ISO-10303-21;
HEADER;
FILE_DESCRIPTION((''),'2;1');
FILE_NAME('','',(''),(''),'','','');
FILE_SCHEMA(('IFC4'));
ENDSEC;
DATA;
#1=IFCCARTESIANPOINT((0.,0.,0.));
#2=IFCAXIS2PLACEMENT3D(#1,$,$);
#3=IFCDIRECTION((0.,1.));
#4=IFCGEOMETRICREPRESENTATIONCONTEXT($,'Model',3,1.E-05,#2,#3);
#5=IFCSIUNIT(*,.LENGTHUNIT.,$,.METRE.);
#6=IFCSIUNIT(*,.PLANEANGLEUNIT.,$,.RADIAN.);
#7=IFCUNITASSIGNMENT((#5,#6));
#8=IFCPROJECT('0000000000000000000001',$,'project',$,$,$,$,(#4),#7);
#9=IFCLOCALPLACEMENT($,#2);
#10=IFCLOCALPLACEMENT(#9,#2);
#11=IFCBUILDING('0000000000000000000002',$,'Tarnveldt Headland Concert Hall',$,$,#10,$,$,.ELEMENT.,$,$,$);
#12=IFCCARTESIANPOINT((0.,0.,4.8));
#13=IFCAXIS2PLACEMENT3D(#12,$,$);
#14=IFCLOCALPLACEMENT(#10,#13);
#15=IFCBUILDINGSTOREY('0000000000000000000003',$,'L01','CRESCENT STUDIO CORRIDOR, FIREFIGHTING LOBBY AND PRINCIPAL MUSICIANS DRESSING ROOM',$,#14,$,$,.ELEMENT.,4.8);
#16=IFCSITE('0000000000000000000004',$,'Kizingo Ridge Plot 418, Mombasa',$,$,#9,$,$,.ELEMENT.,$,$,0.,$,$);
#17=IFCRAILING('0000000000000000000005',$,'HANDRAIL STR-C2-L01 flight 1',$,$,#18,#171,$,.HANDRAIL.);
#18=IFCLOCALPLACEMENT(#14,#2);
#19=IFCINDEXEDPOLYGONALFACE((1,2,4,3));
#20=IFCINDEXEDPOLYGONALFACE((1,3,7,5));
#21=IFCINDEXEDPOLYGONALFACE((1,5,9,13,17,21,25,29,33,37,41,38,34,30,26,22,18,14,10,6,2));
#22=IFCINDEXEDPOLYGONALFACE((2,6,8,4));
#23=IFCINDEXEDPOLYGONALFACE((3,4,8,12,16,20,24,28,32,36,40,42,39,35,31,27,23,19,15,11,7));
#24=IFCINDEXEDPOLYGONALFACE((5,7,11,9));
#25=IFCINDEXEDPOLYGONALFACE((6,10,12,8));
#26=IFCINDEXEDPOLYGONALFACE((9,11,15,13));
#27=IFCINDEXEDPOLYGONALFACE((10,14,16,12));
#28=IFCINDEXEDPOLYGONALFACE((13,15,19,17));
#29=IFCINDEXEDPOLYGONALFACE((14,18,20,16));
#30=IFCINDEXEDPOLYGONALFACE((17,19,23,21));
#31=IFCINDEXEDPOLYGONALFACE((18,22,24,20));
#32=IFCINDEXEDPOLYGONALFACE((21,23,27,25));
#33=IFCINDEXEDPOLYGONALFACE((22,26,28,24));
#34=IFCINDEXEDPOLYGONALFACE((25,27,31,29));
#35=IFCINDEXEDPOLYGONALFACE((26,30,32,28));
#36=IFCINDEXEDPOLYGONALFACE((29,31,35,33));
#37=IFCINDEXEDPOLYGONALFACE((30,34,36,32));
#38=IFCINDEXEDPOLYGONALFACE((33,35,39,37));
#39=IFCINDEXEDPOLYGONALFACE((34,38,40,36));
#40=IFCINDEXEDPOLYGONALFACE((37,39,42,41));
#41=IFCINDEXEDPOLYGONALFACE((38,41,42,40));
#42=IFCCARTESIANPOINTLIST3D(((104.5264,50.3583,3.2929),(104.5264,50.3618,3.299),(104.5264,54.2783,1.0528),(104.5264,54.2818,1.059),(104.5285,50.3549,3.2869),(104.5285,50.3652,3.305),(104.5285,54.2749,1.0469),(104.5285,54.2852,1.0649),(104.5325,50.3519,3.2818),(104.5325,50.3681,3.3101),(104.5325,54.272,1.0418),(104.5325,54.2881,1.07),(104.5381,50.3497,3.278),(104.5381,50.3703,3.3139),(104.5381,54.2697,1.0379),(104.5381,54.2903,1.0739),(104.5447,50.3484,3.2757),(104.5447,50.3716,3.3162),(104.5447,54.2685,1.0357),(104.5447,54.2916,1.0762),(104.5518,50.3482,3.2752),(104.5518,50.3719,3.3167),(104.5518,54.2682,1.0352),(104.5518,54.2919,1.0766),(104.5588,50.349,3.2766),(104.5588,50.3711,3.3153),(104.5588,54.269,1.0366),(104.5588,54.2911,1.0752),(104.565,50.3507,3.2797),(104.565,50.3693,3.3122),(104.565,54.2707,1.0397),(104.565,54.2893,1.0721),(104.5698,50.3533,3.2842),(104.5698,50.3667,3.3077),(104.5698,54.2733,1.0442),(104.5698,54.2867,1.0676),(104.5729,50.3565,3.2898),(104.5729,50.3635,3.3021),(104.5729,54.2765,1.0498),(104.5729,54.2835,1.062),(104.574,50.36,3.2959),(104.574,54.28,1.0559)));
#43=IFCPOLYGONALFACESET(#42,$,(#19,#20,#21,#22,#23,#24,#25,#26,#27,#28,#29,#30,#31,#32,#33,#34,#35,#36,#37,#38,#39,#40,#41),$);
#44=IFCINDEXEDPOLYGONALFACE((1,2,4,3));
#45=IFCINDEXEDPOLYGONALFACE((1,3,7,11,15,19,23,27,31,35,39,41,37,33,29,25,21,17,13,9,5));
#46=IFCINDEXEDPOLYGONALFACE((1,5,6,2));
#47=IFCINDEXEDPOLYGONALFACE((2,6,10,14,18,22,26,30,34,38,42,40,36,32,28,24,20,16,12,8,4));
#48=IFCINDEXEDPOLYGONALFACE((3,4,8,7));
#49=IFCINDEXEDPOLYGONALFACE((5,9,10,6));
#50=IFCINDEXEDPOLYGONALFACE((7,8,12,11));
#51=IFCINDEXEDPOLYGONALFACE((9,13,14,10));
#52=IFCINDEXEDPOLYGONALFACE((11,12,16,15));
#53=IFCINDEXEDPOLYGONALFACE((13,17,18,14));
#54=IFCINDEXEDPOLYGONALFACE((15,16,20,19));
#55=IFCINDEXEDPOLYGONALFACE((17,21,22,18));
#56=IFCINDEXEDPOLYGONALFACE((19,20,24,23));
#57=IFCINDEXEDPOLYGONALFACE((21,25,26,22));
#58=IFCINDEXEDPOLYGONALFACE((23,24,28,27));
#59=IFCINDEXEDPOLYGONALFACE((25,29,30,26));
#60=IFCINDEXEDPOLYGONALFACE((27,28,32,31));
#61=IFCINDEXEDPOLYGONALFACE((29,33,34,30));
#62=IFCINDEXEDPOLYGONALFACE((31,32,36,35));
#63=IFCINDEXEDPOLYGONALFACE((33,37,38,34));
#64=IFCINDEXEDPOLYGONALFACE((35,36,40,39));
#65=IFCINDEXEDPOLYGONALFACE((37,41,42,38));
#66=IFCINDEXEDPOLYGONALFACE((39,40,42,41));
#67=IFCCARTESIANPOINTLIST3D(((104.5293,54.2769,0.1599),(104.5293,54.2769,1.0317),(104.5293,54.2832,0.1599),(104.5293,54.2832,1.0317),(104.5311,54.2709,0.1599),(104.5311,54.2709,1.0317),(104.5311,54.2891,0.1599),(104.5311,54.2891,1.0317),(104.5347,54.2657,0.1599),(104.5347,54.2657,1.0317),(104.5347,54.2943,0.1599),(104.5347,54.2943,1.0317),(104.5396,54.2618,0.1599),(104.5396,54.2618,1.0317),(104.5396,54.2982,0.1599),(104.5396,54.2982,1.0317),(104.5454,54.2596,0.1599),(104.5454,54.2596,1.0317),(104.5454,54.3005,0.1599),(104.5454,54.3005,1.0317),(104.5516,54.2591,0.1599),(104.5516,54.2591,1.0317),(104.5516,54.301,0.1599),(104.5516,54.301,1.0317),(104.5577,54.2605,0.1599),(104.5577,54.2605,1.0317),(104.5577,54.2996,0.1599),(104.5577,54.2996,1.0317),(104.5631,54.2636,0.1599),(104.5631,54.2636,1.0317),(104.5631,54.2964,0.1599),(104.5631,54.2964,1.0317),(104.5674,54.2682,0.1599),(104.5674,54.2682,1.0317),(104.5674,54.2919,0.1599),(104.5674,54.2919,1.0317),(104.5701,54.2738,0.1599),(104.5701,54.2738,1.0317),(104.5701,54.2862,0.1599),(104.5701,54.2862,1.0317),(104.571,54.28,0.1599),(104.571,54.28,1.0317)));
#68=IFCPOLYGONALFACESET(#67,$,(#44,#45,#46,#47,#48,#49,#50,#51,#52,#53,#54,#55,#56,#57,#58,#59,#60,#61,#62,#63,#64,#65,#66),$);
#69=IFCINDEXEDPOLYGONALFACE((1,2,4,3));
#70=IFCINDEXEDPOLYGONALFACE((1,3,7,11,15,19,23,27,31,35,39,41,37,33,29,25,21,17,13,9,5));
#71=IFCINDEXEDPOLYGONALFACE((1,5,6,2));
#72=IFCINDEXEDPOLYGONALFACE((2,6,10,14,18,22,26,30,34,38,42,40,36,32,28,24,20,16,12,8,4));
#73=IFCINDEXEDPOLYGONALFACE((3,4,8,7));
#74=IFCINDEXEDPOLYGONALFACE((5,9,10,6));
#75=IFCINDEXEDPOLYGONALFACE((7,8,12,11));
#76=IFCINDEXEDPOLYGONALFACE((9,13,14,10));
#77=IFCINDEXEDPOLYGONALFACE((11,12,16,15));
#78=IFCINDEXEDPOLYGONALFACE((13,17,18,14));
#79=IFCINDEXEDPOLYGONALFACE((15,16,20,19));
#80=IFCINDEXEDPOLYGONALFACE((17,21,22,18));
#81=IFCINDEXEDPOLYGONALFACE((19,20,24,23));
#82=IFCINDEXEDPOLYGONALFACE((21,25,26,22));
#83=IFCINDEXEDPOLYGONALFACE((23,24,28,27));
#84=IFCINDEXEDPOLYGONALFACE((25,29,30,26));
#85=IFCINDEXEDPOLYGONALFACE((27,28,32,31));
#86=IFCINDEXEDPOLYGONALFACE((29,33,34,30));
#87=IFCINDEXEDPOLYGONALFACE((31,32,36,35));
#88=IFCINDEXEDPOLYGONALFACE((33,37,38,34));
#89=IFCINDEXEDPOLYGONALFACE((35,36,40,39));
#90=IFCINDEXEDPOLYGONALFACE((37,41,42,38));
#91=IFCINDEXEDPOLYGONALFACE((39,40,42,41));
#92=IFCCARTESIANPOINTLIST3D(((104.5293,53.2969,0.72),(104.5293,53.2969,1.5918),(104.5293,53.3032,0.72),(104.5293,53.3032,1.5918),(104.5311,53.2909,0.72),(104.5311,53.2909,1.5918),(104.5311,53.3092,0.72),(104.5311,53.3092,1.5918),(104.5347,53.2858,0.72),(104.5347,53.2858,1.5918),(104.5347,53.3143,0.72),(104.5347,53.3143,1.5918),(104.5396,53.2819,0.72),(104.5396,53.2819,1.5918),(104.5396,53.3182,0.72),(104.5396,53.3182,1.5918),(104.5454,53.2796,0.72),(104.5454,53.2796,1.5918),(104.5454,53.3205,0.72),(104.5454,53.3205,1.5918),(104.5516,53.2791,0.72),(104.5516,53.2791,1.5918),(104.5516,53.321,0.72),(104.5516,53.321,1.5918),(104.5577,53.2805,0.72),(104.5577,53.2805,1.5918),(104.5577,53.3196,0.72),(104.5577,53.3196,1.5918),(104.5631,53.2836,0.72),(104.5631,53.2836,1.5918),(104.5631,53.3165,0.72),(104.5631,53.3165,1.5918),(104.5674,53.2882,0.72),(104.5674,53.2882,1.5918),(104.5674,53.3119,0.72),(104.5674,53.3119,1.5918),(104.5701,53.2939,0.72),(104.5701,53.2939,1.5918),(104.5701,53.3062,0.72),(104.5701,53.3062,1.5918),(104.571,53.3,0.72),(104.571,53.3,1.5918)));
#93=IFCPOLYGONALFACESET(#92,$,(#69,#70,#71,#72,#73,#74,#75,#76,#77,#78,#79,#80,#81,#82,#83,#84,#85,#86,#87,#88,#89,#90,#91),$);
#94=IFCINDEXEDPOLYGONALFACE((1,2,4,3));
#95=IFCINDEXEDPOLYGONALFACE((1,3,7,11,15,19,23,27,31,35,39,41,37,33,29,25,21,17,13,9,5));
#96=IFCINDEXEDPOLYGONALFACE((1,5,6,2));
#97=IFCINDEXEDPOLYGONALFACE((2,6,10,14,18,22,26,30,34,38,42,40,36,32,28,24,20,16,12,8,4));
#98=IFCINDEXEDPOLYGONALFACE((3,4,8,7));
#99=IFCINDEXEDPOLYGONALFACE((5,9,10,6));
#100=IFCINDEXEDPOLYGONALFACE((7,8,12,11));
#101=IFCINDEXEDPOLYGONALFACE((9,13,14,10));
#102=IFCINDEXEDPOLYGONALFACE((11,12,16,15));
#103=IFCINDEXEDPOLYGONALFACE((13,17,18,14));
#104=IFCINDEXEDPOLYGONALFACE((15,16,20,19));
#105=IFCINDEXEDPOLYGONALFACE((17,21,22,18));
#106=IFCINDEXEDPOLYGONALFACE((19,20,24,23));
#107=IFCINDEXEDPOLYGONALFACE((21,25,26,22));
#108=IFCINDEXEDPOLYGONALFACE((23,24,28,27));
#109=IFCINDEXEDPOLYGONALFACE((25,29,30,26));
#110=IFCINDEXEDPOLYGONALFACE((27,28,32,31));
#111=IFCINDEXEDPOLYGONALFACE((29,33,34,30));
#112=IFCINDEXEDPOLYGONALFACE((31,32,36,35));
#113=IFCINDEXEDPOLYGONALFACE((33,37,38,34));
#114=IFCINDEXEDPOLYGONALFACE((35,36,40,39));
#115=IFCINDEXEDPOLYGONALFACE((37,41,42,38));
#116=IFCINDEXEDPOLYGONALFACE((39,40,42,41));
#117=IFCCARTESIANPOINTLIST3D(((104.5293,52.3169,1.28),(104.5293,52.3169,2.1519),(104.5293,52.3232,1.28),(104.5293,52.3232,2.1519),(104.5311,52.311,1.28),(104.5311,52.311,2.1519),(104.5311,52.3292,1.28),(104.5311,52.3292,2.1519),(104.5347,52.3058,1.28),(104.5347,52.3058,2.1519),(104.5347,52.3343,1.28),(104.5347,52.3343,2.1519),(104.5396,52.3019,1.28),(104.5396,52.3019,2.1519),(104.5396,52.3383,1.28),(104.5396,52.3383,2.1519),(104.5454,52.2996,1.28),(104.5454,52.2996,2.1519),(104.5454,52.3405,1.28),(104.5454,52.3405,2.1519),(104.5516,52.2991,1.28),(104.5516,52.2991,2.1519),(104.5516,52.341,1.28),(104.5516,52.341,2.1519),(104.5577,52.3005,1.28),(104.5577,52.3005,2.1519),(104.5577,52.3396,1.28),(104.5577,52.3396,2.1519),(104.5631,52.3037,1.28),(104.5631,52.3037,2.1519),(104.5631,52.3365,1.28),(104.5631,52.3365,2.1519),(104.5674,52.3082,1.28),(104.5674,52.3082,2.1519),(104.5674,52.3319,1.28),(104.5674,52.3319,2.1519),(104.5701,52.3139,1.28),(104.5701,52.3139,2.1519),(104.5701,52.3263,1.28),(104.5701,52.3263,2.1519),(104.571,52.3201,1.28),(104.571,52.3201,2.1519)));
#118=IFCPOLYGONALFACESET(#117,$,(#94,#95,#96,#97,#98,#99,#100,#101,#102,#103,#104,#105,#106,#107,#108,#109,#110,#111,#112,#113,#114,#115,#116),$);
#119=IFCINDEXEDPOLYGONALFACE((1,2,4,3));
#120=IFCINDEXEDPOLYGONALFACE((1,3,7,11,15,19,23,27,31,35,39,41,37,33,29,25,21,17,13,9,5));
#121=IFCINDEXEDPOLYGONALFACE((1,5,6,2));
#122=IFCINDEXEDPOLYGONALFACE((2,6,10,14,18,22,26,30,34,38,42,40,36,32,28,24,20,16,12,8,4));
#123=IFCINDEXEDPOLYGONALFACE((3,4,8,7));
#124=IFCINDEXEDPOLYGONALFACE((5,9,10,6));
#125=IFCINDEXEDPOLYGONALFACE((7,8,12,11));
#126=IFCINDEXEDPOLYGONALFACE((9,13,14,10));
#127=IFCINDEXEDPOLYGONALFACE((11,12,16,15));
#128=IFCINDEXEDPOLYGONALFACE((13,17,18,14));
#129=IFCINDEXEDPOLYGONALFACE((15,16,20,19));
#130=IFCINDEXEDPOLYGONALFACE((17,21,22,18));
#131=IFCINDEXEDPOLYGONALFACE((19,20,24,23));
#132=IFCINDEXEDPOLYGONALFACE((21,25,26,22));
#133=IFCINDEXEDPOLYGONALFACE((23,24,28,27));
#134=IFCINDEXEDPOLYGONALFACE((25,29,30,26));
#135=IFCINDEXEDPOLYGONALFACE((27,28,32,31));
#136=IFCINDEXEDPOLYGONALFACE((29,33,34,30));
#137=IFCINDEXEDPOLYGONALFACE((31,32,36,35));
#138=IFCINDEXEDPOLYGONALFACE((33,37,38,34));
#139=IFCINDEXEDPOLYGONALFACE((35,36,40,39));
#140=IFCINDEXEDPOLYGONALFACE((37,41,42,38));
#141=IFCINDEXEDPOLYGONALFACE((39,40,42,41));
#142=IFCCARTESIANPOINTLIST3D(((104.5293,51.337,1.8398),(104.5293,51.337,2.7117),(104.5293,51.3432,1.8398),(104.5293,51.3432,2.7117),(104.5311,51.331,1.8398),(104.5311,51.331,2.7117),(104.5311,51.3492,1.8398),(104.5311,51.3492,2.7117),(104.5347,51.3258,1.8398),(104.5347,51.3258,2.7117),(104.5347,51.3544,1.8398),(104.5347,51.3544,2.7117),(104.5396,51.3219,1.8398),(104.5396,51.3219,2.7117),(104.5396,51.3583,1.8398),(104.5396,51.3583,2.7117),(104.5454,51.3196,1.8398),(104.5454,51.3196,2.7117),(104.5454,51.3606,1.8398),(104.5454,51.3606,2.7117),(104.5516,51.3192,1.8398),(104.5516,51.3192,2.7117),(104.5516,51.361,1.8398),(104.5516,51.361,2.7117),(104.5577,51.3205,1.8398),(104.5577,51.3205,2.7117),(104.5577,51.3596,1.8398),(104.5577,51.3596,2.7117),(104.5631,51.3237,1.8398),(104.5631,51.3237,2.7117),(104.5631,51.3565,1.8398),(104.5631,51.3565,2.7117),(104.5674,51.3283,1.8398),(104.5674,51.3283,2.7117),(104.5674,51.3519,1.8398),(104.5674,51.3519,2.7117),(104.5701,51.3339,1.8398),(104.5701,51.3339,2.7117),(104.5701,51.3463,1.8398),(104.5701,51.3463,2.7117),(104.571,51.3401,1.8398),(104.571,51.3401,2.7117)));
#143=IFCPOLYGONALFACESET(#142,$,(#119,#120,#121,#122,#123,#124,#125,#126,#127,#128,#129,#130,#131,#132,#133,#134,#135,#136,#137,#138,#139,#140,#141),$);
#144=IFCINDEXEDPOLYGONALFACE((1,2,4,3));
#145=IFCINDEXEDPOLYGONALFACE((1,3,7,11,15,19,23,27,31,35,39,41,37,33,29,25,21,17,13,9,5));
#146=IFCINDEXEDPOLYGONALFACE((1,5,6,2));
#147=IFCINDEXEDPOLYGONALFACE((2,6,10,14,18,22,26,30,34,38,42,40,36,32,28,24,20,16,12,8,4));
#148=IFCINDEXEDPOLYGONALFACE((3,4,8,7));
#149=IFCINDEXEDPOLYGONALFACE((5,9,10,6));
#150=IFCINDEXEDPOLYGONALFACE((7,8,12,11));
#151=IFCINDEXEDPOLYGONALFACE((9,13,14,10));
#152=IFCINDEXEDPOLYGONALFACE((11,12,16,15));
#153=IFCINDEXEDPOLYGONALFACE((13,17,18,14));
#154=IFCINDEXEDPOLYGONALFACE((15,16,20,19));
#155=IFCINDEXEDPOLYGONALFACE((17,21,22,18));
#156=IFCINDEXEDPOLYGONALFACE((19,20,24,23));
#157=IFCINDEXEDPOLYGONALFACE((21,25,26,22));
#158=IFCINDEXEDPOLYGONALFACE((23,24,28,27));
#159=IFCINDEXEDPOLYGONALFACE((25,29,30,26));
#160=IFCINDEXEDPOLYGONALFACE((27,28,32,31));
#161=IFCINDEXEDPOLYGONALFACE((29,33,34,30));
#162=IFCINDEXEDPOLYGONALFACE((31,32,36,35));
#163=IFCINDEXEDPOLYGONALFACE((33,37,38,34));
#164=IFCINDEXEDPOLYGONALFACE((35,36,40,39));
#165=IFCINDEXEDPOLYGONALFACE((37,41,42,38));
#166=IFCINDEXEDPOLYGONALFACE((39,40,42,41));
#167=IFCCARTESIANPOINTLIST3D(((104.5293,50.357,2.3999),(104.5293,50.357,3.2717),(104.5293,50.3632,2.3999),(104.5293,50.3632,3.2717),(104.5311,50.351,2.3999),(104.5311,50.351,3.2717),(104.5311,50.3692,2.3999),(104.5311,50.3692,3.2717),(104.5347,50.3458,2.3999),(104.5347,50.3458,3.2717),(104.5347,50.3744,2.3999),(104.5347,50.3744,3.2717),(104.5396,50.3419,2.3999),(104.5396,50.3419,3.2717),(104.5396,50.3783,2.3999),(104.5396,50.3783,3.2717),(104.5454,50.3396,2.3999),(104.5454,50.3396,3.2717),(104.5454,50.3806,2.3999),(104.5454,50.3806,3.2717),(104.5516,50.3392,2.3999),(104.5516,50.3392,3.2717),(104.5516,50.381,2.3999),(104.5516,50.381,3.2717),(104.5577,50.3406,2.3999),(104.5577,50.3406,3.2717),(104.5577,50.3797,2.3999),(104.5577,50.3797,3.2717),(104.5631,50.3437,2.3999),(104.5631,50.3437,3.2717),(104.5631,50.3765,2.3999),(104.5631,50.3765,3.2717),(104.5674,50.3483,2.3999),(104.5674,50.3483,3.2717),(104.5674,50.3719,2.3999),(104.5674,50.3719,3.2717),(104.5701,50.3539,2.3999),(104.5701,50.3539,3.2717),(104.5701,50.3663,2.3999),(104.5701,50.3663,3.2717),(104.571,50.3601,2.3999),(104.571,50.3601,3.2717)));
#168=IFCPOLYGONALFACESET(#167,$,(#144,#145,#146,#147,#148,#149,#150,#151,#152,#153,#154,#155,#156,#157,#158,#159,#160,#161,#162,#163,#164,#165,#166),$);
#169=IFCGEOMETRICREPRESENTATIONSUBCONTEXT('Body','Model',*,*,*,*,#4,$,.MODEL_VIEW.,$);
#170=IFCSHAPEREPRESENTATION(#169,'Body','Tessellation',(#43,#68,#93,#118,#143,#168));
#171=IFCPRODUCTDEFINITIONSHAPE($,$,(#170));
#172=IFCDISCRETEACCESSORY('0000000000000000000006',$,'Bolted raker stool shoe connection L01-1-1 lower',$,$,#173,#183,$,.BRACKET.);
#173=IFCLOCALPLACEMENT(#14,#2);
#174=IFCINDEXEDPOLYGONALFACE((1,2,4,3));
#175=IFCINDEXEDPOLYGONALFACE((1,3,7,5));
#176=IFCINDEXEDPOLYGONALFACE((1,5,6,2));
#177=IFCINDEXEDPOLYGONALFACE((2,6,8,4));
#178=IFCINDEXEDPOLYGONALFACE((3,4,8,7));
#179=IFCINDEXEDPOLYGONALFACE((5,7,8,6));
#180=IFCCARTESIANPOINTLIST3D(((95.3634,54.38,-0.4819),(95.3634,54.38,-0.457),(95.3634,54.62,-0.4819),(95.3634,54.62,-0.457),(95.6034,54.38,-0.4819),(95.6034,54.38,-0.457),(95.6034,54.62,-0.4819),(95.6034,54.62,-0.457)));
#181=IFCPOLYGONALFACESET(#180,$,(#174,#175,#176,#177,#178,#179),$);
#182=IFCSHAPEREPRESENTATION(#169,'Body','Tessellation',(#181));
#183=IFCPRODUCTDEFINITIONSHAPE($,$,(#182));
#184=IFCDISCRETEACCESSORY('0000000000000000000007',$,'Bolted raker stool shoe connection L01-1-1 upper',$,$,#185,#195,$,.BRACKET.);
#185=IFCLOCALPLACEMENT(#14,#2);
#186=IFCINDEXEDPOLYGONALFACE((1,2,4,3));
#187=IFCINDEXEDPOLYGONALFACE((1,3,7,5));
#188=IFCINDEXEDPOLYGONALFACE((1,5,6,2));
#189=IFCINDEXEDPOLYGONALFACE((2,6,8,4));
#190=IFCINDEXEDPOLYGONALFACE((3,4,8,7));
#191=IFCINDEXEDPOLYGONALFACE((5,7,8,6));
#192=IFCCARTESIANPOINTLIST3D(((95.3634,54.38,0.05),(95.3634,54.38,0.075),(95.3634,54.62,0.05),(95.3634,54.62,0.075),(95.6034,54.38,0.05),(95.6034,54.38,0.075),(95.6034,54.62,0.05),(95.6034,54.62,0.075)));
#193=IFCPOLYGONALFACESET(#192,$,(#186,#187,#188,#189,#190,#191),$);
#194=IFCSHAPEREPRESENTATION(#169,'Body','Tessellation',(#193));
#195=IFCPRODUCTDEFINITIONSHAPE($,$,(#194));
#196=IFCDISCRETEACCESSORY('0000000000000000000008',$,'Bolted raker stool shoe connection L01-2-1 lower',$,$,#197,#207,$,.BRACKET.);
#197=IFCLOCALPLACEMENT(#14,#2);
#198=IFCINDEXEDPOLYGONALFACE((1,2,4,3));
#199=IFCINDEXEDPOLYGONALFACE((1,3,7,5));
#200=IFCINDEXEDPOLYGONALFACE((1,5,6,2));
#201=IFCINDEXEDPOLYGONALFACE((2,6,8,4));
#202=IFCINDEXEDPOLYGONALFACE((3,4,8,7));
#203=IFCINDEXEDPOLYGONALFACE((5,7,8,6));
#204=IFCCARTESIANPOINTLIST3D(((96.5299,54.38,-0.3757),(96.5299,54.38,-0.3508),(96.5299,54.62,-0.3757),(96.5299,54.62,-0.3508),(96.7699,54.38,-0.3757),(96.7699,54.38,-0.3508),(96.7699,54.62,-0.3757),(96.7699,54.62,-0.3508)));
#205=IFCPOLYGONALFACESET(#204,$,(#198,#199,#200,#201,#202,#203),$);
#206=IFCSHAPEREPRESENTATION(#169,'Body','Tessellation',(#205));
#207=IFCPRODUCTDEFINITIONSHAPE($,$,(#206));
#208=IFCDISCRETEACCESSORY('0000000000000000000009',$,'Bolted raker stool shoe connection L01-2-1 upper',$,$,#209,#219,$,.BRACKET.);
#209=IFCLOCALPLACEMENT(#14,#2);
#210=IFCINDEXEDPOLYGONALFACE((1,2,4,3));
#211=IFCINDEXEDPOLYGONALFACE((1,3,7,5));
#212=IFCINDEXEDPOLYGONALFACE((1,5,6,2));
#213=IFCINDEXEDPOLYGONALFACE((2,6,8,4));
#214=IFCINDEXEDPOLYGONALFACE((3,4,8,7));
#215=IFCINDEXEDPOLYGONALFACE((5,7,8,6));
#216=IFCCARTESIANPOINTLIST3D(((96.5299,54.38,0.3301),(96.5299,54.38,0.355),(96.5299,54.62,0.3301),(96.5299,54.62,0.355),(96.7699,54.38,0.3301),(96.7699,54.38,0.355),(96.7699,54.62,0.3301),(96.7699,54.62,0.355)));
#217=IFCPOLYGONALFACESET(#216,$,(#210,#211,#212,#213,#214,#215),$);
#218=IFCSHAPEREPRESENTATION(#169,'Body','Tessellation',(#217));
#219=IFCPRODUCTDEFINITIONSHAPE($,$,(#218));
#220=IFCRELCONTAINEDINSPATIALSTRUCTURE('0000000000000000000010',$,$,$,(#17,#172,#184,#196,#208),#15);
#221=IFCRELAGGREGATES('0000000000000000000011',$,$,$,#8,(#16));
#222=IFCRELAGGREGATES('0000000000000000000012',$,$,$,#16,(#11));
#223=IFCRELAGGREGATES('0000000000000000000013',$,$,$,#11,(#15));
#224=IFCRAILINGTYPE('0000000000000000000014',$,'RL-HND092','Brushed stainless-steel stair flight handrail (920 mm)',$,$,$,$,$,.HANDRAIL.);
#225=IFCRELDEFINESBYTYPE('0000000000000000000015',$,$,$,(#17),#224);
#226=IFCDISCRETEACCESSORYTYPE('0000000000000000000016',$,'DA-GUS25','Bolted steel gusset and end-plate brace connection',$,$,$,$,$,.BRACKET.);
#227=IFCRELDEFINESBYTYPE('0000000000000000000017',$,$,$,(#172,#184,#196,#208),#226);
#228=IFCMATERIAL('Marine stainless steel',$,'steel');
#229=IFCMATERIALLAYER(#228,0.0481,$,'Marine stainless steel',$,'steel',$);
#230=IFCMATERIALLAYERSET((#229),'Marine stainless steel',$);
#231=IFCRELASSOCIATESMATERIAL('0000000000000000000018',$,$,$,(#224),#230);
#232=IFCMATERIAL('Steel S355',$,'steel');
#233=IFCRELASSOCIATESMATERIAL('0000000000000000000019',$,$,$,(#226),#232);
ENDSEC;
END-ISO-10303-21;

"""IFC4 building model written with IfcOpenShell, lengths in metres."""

from ifc_helpers import new_model, si_unit, direction, frame, origin, origin_2d, place, context, subcontext, project, spatial, rectangle, circle, extrude, material, layer, layer_set, type_object, element, save


model = new_model("IFC4")

# Units and contexts
model_context = context("Model", 3, precision=1e-05, world=origin(), true_north=direction((0.0, 1.0)))
body_context = subcontext(model_context, "Body", "Model", "MODEL_VIEW")
ifc_project = project(units=[si_unit("LENGTHUNIT", "METRE"), si_unit("PLANEANGLEUNIT", "RADIAN")], contexts=[model_context])

# Site, building, storey
site_placement = place(None, origin())
site = spatial("IfcSite", under=ifc_project, at=site_placement, Name="Kizingo Ridge Plot 418, Mombasa", CompositionType="ELEMENT", RefElevation=0.0)
building_placement = place(site_placement, origin())
building = spatial("IfcBuilding", under=site, at=building_placement, Name="Tarnveldt Headland Concert Hall", CompositionType="ELEMENT")
storey_placement = place(building_placement, frame((0.0, 0.0, 4.8)))
storey = spatial("IfcBuildingStorey", under=building, at=storey_placement, Name="L01", Description="CRESCENT STUDIO CORRIDOR, FIREFIGHTING LOBBY AND PRINCIPAL MUSICIANS DRESSING ROOM", CompositionType="ELEMENT", Elevation=4.8)

# Shared definitions
ifc_material_1 = material(Name="Steel S355", Category="steel")

# Railing
ifc_material_2 = material(Name="Marine stainless steel", Category="steel")
ifc_layer_1 = layer(ifc_material_2, 0.0481, Name="Marine stainless steel", Category="steel")
ifc_layer_set_1 = layer_set([ifc_layer_1], Name="Marine stainless steel")
railing_type_1 = type_object("IfcRailingType", Name="RL-HND092", Description="Brushed stainless-steel stair flight handrail (920 mm)", PredefinedType="HANDRAIL", material=ifc_layer_set_1)
railing_1_placement = place(storey_placement, frame((104.55, 54.28, 0.1599)))
element("IfcRailing", 1, at=railing_1_placement, inside=storey, type_object=railing_type_1, Name="HANDRAIL STR-C2-L01 flight 1", PredefinedType="HANDRAIL", context=body_context, shape_type="SweptSolid", body=[
    extrude(circle(Radius=0.0239, at=origin_2d()), frame((0.0, 0.0, 0.896), z_axis=(0.0, -0.86824, 0.496145), x_axis=(1.0, 0.0, 0.0)), (0.0, 0.0, 1.0), 4.5149),
    extrude(circle(Radius=0.021, at=origin_2d()), origin(), (0.0, 0.0, 1.0), 0.8718),
    extrude(circle(Radius=0.021, at=origin_2d()), frame((0.0, -0.98, 0.5601)), (0.0, 0.0, 1.0), 0.8718),
    extrude(circle(Radius=0.021, at=origin_2d()), frame((0.0, -1.96, 1.1201)), (0.0, 0.0, 1.0), 0.8718),
    extrude(circle(Radius=0.021, at=origin_2d()), frame((0.0, -2.9399, 1.6799)), (0.0, 0.0, 1.0), 0.8718),
    extrude(circle(Radius=0.021, at=origin_2d()), frame((0.0, -3.9199, 2.24)), (0.0, 0.0, 1.0), 0.8718),
])

# Discrete accessories
discrete_accessory_type = type_object("IfcDiscreteAccessoryType", Name="DA-GUS25", Description="Bolted steel gusset and end-plate brace connection", PredefinedType="BRACKET", material=ifc_material_1)
for number, where, z_axis, x_axis, name in (
    (2, (95.4834, 54.5, -0.4819), (0.0, 0.0, 1.0), (1.0, 0.0, 0.0), "Bolted raker stool shoe connection L01-1-1 lower"),
    (3, (95.4834, 54.5, 0.05), (0.0, 0.0, 1.0), (1.0, 0.0, 0.0), "Bolted raker stool shoe connection L01-1-1 upper"),
    (4, (96.6499, 54.5, -0.3757), (0.0, 0.0, 1.0), (1.0, 0.0, 0.0), "Bolted raker stool shoe connection L01-2-1 lower"),
    (5, (96.6499, 54.5, 0.3301), (0.0, 0.0, 1.0), (1.0, 0.0, 0.0), "Bolted raker stool shoe connection L01-2-1 upper"),
):
    element("IfcDiscreteAccessory", number, at=place(storey_placement, frame(where, z_axis=z_axis, x_axis=x_axis)), inside=storey, type_object=discrete_accessory_type, Name=name, PredefinedType="BRACKET", context=body_context, shape_type="SweptSolid", body=[
        extrude(rectangle(XDim=0.24, YDim=0.24, at=origin_2d()), origin(), (0.0, 0.0, 1.0), 0.0249),
    ])

save(model, "model.ifc")
